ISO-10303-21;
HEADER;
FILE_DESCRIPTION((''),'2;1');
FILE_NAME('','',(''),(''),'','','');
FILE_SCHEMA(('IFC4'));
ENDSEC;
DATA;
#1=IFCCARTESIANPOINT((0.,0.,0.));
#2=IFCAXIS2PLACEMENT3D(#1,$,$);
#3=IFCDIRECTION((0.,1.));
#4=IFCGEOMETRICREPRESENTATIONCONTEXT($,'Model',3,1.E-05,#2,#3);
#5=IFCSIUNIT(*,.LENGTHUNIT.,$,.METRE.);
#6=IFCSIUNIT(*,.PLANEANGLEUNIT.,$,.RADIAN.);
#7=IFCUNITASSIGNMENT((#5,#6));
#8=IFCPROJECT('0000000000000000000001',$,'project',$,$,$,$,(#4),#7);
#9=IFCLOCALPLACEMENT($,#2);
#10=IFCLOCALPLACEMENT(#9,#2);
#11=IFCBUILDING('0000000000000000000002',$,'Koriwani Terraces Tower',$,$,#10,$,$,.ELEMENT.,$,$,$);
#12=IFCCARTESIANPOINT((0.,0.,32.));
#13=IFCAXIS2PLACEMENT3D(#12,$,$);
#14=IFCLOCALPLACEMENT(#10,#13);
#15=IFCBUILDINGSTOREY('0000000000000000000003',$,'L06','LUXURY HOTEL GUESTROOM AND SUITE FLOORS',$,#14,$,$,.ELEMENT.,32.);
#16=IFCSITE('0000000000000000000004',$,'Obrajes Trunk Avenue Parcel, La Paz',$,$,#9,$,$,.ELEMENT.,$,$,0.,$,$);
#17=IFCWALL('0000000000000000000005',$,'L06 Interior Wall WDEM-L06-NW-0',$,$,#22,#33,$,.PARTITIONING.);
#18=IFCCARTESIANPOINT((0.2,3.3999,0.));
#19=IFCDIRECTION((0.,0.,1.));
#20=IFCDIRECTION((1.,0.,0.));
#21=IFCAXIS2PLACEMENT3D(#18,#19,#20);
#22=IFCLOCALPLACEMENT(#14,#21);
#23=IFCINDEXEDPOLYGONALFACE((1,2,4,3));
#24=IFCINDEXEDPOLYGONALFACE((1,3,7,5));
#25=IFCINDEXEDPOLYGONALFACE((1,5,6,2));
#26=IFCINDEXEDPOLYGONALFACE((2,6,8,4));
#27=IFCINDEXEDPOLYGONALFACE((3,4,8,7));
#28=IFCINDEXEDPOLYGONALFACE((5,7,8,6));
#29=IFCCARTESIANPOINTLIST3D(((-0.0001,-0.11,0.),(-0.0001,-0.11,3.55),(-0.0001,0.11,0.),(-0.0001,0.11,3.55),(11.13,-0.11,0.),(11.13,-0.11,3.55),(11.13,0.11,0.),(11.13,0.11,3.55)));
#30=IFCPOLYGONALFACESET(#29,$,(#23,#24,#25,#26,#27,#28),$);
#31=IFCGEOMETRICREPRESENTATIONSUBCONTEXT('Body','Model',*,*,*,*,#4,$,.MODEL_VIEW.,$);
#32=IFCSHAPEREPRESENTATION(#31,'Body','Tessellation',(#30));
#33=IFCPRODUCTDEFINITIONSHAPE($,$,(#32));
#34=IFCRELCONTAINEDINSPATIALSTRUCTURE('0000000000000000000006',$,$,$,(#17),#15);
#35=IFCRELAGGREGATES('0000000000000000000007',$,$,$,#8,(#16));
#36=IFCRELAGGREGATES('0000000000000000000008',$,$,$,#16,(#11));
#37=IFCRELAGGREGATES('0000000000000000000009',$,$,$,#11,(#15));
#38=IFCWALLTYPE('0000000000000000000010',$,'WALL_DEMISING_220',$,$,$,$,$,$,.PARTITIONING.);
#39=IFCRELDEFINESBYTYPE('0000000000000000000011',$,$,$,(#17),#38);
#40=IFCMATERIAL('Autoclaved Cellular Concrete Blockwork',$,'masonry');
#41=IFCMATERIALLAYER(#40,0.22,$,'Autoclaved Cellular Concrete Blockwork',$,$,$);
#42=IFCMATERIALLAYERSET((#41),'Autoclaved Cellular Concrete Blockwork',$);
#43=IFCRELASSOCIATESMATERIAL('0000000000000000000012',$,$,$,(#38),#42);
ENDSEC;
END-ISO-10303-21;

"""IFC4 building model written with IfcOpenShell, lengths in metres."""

from ifc_helpers import new_model, si_unit, direction, frame, frame_2d, origin, place, context, subcontext, project, spatial, rectangle, extrude, material, layer, layer_set, type_object, element, save


model = new_model("IFC4")

# Units and contexts
model_context = context("Model", 3, precision=1e-05, world=origin(), true_north=direction((0.0, 1.0)))
body_context = subcontext(model_context, "Body", "Model", "MODEL_VIEW")
ifc_project = project(units=[si_unit("LENGTHUNIT", "METRE"), si_unit("PLANEANGLEUNIT", "RADIAN")], contexts=[model_context])

# Site, building, storey
site_placement = place(None, origin())
site = spatial("IfcSite", under=ifc_project, at=site_placement, Name="Obrajes Trunk Avenue Parcel, La Paz", CompositionType="ELEMENT", RefElevation=0.0)
building_placement = place(site_placement, origin())
building = spatial("IfcBuilding", under=site, at=building_placement, Name="Koriwani Terraces Tower", CompositionType="ELEMENT")
storey_placement = place(building_placement, frame((0.0, 0.0, 32.0)))
storey = spatial("IfcBuildingStorey", under=building, at=storey_placement, Name="L06", Description="LUXURY HOTEL GUESTROOM AND SUITE FLOORS", CompositionType="ELEMENT", Elevation=32.0)

# Wall
ifc_material_1 = material(Name="Autoclaved Cellular Concrete Blockwork", Category="masonry")
ifc_layer_1 = layer(ifc_material_1, 0.22, Name="Autoclaved Cellular Concrete Blockwork")
ifc_layer_set_1 = layer_set([ifc_layer_1], Name="Autoclaved Cellular Concrete Blockwork")
wall_type_1 = type_object("IfcWallType", Name="WALL_DEMISING_220", PredefinedType="PARTITIONING", material=ifc_layer_set_1)
wall_1_placement = place(storey_placement, frame((0.2, 3.3999, 0.0), z_axis=(0.0, 0.0, 1.0), x_axis=(1.0, 0.0, 0.0)))
element("IfcWall", 1, at=wall_1_placement, inside=storey, type_object=wall_type_1, Name="L06 Interior Wall WDEM-L06-NW-0", PredefinedType="PARTITIONING", context=body_context, shape_type="SweptSolid", body=[
    extrude(rectangle(XDim=11.1301, YDim=0.22, at=frame_2d((5.5649, 0.0))), origin(), (0.0, 0.0, 1.0), 3.55),
])

save(model, "model.ifc")
